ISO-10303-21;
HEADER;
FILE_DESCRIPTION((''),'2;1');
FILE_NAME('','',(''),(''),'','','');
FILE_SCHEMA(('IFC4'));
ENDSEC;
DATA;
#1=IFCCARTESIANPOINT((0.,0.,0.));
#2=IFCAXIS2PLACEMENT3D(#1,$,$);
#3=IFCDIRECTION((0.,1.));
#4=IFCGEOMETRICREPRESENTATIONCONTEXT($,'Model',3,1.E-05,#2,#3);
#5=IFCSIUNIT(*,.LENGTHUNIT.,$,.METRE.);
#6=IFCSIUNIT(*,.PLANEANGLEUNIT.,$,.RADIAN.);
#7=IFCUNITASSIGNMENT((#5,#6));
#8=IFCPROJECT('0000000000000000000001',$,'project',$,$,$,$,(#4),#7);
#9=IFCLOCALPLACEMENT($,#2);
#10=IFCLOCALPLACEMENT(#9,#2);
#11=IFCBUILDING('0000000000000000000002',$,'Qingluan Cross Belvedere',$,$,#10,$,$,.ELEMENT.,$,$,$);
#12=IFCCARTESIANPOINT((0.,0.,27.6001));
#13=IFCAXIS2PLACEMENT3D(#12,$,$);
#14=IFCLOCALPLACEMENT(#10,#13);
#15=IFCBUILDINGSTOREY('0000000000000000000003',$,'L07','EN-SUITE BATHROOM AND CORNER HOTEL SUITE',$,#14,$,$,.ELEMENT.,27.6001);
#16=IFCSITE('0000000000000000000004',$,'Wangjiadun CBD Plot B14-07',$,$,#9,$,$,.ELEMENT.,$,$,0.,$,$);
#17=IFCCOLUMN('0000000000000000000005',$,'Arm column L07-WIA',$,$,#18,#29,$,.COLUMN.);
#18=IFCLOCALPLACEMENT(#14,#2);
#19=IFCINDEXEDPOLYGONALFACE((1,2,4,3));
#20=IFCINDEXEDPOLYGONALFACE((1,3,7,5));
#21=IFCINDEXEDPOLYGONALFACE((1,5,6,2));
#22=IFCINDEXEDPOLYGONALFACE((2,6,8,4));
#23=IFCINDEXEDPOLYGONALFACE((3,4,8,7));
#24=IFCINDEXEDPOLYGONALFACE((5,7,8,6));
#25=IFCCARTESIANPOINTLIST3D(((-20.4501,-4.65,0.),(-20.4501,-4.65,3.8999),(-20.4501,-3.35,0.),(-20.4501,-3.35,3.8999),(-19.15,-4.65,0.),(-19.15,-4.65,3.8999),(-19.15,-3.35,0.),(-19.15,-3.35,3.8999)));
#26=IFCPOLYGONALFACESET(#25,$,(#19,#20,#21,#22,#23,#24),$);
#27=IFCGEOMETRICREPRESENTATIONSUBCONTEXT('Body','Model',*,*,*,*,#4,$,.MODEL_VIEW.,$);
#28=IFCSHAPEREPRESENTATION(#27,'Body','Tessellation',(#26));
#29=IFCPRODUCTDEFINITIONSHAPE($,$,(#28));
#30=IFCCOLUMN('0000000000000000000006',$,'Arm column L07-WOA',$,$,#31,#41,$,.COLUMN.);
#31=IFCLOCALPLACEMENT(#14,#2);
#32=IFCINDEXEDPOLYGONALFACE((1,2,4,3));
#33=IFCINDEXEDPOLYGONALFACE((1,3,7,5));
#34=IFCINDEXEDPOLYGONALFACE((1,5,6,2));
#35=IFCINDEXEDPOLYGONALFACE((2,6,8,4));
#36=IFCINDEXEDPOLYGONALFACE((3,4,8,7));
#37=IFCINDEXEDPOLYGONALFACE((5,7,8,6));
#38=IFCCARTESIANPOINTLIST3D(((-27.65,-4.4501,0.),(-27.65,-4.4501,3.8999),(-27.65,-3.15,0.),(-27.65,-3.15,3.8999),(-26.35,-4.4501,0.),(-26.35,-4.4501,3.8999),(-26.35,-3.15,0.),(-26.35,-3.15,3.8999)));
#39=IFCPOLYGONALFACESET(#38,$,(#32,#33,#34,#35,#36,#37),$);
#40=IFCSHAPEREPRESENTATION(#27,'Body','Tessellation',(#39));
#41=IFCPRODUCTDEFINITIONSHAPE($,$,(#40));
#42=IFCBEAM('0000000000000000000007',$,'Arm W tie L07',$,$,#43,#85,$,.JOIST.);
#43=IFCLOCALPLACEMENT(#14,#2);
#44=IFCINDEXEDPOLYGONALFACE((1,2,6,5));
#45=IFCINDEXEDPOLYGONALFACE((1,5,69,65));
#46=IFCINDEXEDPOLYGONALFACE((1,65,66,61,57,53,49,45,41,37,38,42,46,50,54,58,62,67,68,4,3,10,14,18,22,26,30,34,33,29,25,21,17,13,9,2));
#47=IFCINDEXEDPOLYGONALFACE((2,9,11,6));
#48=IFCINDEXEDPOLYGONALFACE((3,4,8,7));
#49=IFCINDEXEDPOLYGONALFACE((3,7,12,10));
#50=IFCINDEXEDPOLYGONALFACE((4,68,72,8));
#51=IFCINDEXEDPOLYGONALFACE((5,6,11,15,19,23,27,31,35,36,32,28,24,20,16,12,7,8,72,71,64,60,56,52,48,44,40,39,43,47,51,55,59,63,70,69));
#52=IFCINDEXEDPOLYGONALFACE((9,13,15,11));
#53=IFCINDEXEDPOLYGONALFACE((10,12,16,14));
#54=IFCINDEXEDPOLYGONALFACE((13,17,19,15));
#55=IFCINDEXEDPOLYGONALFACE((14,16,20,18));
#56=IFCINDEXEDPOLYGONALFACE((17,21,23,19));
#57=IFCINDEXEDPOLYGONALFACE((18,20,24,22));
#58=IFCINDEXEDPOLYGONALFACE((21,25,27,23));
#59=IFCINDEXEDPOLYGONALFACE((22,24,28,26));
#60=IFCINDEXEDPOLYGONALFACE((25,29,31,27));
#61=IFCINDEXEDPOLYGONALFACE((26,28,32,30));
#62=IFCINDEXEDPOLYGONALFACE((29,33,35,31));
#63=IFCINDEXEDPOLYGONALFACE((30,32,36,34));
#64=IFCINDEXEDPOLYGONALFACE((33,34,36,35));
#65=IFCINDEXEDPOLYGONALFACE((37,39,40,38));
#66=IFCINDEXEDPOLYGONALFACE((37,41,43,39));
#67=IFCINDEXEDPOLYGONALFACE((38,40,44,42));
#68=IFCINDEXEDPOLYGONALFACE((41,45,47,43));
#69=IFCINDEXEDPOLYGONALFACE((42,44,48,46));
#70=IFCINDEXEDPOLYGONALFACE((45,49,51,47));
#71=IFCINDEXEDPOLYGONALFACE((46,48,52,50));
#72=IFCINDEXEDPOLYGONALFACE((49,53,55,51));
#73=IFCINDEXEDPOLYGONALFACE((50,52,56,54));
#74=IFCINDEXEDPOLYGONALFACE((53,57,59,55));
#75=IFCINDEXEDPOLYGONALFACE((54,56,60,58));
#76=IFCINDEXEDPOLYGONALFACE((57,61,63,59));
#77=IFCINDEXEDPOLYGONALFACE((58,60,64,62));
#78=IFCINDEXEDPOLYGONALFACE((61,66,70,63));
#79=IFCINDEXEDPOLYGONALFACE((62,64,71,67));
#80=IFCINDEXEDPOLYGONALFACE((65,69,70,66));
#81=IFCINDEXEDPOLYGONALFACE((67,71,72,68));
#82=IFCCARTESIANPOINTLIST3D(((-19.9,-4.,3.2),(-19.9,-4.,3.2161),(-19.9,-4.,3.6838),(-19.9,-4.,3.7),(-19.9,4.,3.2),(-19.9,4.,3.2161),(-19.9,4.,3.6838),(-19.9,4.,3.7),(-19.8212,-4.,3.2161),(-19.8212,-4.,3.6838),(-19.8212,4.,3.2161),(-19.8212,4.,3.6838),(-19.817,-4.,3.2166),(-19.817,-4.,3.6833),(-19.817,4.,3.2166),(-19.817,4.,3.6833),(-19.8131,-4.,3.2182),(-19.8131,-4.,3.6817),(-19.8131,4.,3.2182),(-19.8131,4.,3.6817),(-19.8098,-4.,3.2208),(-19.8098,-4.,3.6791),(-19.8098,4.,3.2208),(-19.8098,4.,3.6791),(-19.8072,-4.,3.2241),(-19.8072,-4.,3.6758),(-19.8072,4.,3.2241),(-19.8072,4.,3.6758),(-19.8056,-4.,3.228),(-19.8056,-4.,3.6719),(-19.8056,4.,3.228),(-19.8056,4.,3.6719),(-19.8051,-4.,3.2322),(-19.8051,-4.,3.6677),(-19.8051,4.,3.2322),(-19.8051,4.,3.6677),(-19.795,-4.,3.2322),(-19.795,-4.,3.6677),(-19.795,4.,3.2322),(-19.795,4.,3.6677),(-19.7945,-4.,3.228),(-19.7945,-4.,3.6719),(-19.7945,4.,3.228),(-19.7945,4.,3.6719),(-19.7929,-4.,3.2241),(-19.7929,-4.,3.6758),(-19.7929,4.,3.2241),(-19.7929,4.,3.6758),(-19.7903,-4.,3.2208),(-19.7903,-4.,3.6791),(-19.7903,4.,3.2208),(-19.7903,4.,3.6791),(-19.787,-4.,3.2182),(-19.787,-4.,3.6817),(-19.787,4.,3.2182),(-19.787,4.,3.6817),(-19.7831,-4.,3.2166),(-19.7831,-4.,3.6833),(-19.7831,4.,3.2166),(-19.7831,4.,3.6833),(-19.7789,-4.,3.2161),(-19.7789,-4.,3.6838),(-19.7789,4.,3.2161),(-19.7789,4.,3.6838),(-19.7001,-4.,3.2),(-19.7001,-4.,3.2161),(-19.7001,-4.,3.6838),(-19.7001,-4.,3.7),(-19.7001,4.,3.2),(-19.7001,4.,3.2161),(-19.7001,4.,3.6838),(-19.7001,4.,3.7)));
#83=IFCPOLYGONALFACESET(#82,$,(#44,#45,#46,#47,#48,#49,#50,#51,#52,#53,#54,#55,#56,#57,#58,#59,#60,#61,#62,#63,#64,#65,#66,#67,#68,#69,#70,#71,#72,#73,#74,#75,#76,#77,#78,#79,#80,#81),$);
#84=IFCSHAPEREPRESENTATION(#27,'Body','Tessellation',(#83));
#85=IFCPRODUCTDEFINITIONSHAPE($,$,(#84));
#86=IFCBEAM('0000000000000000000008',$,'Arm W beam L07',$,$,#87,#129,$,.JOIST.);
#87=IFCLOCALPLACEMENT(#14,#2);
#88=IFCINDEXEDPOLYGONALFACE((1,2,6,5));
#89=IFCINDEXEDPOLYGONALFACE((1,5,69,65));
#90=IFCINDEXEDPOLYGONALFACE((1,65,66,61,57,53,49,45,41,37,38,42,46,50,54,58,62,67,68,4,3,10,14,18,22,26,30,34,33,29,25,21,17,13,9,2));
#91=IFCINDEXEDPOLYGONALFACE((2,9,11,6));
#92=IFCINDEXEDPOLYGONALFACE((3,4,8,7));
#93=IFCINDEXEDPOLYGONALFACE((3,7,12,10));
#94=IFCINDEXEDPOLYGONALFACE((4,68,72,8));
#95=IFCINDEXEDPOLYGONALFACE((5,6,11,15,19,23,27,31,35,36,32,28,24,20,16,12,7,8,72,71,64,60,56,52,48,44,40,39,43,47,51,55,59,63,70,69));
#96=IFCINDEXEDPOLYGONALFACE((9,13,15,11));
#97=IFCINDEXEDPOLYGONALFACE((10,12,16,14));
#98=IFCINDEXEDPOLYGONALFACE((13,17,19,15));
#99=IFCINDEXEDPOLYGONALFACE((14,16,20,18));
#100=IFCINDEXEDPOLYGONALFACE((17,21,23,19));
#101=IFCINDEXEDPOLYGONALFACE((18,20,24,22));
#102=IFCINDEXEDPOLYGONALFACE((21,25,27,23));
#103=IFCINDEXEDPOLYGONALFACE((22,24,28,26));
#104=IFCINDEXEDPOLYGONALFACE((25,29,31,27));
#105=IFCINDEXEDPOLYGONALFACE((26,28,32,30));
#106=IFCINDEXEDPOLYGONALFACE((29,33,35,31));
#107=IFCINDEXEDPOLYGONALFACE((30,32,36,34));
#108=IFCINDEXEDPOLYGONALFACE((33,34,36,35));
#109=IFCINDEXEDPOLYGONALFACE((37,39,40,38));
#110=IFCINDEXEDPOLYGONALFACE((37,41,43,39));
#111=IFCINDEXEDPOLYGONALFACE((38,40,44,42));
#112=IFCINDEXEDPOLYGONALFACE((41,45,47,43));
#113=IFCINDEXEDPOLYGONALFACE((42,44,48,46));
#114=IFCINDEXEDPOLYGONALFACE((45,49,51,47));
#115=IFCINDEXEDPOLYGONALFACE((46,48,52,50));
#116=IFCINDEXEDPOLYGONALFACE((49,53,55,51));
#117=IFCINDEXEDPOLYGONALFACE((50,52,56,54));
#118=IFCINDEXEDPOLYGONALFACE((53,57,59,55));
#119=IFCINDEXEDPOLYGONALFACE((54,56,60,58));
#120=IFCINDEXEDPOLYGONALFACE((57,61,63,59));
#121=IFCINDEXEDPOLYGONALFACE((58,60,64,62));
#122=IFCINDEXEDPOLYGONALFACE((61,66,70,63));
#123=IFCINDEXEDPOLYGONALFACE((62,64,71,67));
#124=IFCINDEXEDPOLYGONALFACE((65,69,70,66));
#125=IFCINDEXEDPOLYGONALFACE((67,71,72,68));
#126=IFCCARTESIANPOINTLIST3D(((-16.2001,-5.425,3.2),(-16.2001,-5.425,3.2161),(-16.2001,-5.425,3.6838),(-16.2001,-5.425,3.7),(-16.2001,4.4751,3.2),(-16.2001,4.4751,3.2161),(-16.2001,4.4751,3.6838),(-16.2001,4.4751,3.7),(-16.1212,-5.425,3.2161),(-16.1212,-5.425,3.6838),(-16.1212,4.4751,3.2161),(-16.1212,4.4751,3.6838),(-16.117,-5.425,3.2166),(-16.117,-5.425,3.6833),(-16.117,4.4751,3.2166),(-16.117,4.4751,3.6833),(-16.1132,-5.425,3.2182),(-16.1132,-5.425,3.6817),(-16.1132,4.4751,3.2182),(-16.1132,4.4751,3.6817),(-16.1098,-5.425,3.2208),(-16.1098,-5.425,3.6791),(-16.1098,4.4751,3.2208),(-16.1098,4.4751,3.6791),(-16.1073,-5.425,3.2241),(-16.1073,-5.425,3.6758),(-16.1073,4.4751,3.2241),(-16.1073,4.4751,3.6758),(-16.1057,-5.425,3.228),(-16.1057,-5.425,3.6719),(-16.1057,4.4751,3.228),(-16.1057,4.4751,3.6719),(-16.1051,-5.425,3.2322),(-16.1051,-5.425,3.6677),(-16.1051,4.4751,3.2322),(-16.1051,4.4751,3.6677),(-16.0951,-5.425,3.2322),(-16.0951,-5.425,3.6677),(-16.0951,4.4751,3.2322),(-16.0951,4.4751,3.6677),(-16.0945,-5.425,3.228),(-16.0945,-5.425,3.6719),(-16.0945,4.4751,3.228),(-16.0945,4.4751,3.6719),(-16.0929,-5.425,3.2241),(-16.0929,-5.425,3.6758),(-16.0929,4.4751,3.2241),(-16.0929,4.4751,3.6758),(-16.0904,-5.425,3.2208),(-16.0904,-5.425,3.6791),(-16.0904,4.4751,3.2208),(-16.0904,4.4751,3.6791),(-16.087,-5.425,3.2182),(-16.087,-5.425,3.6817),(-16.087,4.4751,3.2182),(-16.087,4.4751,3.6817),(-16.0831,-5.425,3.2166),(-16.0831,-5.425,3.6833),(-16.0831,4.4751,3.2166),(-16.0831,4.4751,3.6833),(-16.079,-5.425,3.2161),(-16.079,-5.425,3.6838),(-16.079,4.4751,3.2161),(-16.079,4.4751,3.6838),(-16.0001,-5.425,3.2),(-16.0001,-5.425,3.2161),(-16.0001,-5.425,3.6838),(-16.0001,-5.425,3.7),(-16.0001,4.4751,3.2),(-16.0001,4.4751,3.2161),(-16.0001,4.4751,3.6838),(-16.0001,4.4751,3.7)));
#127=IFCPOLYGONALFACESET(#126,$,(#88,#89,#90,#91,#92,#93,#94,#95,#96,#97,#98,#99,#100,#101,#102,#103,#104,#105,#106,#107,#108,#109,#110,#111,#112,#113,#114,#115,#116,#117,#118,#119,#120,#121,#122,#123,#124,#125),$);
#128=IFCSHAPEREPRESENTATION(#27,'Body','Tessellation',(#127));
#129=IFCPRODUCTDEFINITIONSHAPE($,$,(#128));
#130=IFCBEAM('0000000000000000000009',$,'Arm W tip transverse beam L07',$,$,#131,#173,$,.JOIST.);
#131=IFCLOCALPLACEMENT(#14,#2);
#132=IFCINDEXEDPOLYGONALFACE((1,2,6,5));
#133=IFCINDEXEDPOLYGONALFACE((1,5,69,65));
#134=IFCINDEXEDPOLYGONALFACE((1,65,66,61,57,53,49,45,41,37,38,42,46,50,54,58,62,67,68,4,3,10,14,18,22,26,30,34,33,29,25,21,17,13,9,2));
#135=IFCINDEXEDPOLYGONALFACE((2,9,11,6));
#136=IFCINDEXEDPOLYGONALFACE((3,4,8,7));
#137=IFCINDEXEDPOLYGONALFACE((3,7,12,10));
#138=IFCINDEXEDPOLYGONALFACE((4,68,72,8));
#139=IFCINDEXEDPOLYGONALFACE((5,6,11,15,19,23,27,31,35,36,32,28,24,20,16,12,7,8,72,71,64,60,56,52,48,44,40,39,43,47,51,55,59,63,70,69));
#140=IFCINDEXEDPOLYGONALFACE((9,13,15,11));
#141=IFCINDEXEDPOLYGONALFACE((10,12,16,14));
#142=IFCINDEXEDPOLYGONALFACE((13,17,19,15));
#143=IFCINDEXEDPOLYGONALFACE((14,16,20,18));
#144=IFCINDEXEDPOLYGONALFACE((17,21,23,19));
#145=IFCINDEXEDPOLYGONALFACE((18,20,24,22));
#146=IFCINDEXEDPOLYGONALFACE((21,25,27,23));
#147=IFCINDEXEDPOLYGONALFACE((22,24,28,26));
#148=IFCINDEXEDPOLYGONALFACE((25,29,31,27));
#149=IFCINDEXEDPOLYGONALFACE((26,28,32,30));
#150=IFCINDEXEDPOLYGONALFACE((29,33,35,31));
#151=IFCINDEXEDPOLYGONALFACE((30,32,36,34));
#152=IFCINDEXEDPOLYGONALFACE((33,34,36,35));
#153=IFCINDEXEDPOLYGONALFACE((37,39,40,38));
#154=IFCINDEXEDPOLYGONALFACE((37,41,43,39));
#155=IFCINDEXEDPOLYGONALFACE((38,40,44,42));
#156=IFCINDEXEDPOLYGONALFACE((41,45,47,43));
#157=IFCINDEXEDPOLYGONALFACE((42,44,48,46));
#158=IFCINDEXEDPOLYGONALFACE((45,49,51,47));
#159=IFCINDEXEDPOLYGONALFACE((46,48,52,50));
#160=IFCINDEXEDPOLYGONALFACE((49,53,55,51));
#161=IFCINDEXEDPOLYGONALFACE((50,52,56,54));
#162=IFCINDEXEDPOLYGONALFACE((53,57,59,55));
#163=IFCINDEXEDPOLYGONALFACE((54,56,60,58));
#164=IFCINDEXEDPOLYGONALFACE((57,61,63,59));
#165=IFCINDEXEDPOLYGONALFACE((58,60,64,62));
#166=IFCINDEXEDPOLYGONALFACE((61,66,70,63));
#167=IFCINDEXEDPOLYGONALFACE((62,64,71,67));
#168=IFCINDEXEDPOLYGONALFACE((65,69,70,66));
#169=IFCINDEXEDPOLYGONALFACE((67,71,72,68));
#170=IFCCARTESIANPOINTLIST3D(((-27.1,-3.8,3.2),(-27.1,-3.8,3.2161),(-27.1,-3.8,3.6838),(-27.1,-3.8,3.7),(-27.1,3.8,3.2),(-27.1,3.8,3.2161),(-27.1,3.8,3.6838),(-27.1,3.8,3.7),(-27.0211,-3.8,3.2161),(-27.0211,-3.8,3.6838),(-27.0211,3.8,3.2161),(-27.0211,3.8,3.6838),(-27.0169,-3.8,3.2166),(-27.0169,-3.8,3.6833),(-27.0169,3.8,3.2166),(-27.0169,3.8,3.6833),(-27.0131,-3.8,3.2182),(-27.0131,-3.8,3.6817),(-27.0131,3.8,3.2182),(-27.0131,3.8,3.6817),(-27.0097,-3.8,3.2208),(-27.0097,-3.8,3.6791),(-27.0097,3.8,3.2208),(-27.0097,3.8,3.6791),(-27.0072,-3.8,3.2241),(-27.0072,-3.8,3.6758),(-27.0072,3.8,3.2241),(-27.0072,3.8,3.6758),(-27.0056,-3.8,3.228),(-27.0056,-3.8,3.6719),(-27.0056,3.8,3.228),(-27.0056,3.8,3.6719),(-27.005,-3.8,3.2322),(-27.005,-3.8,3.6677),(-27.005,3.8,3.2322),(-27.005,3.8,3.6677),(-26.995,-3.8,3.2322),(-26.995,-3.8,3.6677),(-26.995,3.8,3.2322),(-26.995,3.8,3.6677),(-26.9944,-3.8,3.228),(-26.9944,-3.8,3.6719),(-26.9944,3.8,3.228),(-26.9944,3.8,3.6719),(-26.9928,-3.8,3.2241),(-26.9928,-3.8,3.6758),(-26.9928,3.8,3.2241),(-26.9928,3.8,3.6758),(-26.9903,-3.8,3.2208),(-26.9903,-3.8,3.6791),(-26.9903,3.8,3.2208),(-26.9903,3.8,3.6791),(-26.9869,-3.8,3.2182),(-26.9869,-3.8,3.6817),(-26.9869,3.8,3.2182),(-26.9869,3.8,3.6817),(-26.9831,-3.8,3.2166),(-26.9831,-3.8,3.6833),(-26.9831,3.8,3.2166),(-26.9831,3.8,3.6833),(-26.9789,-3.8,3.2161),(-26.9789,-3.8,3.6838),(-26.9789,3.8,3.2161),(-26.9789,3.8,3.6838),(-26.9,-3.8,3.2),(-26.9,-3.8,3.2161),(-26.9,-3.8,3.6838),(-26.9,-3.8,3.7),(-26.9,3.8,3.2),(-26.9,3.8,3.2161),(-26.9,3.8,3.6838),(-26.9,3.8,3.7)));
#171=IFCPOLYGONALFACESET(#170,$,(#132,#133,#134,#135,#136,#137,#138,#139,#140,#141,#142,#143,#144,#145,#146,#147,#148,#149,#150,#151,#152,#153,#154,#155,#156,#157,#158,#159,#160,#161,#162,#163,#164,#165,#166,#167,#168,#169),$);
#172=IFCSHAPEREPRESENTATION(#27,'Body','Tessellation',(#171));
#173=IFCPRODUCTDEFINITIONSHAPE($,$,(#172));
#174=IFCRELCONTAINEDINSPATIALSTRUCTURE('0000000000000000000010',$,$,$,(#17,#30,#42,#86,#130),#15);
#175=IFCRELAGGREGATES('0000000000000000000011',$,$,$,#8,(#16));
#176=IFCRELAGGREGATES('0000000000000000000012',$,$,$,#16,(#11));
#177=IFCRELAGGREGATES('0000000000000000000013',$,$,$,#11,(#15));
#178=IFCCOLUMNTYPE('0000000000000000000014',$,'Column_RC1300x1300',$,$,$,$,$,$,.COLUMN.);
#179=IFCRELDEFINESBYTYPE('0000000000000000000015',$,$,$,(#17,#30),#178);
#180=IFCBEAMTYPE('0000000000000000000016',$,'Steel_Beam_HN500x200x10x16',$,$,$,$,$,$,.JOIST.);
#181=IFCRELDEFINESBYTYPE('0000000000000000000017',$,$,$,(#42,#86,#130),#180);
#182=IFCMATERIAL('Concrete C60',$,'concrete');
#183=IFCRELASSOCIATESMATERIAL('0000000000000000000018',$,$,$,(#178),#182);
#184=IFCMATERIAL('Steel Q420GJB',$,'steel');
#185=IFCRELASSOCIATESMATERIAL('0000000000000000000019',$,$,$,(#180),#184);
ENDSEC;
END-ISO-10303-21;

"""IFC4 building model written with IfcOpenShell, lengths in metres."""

from ifc_helpers import new_model, si_unit, direction, frame, origin, origin_2d, place, context, subcontext, project, spatial, rectangle, i_section, extrude, material, material_profile, profile_set, type_object, element, save


model = new_model("IFC4")

# Units and contexts
model_context = context("Model", 3, precision=1e-05, world=origin(), true_north=direction((0.0, 1.0)))
body_context = subcontext(model_context, "Body", "Model", "MODEL_VIEW")
ifc_project = project(units=[si_unit("LENGTHUNIT", "METRE"), si_unit("PLANEANGLEUNIT", "RADIAN")], contexts=[model_context])

# Site, building, storey
site_placement = place(None, origin())
site = spatial("IfcSite", under=ifc_project, at=site_placement, Name="Wangjiadun CBD Plot B14-07", CompositionType="ELEMENT", RefElevation=0.0)
building_placement = place(site_placement, origin())
building = spatial("IfcBuilding", under=site, at=building_placement, Name="Qingluan Cross Belvedere", CompositionType="ELEMENT")
storey_placement = place(building_placement, frame((0.0, 0.0, 27.6001)))
storey = spatial("IfcBuildingStorey", under=building, at=storey_placement, Name="L07", Description="EN-SUITE BATHROOM AND CORNER HOTEL SUITE", CompositionType="ELEMENT", Elevation=27.6001)

# Columns
ifc_material_1 = material(Name="Concrete C60", Category="concrete")
ifc_material_profile_1 = material_profile(ifc_material_1, rectangle(XDim=1.3, YDim=1.3, at=origin_2d()), Name="RC1300x1300")
ifc_profile_set_1 = profile_set([ifc_material_profile_1], Name="Concrete C60")
column_type = type_object("IfcColumnType", Name="Column_RC1300x1300", PredefinedType="COLUMN", material=ifc_profile_set_1)
for number, where, z_axis, x_axis, name in (
    (1, (-19.8, -4.0, 0.0), (0.0, 0.0, 1.0), (1.0, 0.0, 0.0), "Arm column L07-WIA"),
    (2, (-27.0, -3.8, 0.0), (0.0, 0.0, 1.0), (1.0, 0.0, 0.0), "Arm column L07-WOA"),
):
    element("IfcColumn", number, at=place(storey_placement, frame(where, z_axis=z_axis, x_axis=x_axis)), inside=storey, type_object=column_type, Name=name, PredefinedType="COLUMN", context=body_context, shape_type="SweptSolid", body=[
        extrude(rectangle(XDim=1.3, YDim=1.3, at=origin_2d()), origin(), (0.0, 0.0, 1.0), 3.8999),
    ])

# Beams
ifc_material_2 = material(Name="Steel Q420GJB", Category="steel")
ifc_material_profile_2 = material_profile(ifc_material_2, i_section(OverallWidth=0.2, OverallDepth=0.5, WebThickness=0.01, FlangeThickness=0.0161, FilletRadius=0.0161, at=origin_2d()), Name="HN500x200x10x16")
ifc_profile_set_2 = profile_set([ifc_material_profile_2], Name="Steel Q420GJB")
beam_type_1 = type_object("IfcBeamType", Name="Steel_Beam_HN500x200x10x16", PredefinedType="JOIST", material=ifc_profile_set_2)
beam_1_placement = place(storey_placement, frame((-19.8, -4.0, 3.45), z_axis=(0.0, 1.0, 0.0), x_axis=(-1.0, 0.0, 0.0)))
element("IfcBeam", 3, at=beam_1_placement, inside=storey, type_object=beam_type_1, Name="Arm W tie L07", PredefinedType="JOIST", context=body_context, shape_type="SweptSolid", body=[
    extrude(i_section(OverallWidth=0.2, OverallDepth=0.5, WebThickness=0.01, FlangeThickness=0.0161, FilletRadius=0.0161, at=origin_2d()), origin(), (0.0, 0.0, 1.0), 8.0),
])
beam_2_placement = place(storey_placement, frame((-16.1001, -5.425, 3.45), z_axis=(0.0, 1.0, 0.0), x_axis=(-1.0, 0.0, 0.0)))
element("IfcBeam", 4, at=beam_2_placement, inside=storey, type_object=beam_type_1, Name="Arm W beam L07", PredefinedType="JOIST", context=body_context, shape_type="SweptSolid", body=[
    extrude(i_section(OverallWidth=0.2, OverallDepth=0.5, WebThickness=0.01, FlangeThickness=0.0161, FilletRadius=0.0161, at=origin_2d()), origin(), (0.0, 0.0, 1.0), 9.9001),
])
beam_3_placement = place(storey_placement, frame((-27.0, -3.8, 3.45), z_axis=(0.0, 1.0, 0.0), x_axis=(-1.0, 0.0, 0.0)))
element("IfcBeam", 5, at=beam_3_placement, inside=storey, type_object=beam_type_1, Name="Arm W tip transverse beam L07", PredefinedType="JOIST", context=body_context, shape_type="SweptSolid", body=[
    extrude(i_section(OverallWidth=0.2, OverallDepth=0.5, WebThickness=0.01, FlangeThickness=0.0161, FilletRadius=0.0161, at=origin_2d()), origin(), (0.0, 0.0, 1.0), 7.6001),
])

save(model, "model.ifc")
